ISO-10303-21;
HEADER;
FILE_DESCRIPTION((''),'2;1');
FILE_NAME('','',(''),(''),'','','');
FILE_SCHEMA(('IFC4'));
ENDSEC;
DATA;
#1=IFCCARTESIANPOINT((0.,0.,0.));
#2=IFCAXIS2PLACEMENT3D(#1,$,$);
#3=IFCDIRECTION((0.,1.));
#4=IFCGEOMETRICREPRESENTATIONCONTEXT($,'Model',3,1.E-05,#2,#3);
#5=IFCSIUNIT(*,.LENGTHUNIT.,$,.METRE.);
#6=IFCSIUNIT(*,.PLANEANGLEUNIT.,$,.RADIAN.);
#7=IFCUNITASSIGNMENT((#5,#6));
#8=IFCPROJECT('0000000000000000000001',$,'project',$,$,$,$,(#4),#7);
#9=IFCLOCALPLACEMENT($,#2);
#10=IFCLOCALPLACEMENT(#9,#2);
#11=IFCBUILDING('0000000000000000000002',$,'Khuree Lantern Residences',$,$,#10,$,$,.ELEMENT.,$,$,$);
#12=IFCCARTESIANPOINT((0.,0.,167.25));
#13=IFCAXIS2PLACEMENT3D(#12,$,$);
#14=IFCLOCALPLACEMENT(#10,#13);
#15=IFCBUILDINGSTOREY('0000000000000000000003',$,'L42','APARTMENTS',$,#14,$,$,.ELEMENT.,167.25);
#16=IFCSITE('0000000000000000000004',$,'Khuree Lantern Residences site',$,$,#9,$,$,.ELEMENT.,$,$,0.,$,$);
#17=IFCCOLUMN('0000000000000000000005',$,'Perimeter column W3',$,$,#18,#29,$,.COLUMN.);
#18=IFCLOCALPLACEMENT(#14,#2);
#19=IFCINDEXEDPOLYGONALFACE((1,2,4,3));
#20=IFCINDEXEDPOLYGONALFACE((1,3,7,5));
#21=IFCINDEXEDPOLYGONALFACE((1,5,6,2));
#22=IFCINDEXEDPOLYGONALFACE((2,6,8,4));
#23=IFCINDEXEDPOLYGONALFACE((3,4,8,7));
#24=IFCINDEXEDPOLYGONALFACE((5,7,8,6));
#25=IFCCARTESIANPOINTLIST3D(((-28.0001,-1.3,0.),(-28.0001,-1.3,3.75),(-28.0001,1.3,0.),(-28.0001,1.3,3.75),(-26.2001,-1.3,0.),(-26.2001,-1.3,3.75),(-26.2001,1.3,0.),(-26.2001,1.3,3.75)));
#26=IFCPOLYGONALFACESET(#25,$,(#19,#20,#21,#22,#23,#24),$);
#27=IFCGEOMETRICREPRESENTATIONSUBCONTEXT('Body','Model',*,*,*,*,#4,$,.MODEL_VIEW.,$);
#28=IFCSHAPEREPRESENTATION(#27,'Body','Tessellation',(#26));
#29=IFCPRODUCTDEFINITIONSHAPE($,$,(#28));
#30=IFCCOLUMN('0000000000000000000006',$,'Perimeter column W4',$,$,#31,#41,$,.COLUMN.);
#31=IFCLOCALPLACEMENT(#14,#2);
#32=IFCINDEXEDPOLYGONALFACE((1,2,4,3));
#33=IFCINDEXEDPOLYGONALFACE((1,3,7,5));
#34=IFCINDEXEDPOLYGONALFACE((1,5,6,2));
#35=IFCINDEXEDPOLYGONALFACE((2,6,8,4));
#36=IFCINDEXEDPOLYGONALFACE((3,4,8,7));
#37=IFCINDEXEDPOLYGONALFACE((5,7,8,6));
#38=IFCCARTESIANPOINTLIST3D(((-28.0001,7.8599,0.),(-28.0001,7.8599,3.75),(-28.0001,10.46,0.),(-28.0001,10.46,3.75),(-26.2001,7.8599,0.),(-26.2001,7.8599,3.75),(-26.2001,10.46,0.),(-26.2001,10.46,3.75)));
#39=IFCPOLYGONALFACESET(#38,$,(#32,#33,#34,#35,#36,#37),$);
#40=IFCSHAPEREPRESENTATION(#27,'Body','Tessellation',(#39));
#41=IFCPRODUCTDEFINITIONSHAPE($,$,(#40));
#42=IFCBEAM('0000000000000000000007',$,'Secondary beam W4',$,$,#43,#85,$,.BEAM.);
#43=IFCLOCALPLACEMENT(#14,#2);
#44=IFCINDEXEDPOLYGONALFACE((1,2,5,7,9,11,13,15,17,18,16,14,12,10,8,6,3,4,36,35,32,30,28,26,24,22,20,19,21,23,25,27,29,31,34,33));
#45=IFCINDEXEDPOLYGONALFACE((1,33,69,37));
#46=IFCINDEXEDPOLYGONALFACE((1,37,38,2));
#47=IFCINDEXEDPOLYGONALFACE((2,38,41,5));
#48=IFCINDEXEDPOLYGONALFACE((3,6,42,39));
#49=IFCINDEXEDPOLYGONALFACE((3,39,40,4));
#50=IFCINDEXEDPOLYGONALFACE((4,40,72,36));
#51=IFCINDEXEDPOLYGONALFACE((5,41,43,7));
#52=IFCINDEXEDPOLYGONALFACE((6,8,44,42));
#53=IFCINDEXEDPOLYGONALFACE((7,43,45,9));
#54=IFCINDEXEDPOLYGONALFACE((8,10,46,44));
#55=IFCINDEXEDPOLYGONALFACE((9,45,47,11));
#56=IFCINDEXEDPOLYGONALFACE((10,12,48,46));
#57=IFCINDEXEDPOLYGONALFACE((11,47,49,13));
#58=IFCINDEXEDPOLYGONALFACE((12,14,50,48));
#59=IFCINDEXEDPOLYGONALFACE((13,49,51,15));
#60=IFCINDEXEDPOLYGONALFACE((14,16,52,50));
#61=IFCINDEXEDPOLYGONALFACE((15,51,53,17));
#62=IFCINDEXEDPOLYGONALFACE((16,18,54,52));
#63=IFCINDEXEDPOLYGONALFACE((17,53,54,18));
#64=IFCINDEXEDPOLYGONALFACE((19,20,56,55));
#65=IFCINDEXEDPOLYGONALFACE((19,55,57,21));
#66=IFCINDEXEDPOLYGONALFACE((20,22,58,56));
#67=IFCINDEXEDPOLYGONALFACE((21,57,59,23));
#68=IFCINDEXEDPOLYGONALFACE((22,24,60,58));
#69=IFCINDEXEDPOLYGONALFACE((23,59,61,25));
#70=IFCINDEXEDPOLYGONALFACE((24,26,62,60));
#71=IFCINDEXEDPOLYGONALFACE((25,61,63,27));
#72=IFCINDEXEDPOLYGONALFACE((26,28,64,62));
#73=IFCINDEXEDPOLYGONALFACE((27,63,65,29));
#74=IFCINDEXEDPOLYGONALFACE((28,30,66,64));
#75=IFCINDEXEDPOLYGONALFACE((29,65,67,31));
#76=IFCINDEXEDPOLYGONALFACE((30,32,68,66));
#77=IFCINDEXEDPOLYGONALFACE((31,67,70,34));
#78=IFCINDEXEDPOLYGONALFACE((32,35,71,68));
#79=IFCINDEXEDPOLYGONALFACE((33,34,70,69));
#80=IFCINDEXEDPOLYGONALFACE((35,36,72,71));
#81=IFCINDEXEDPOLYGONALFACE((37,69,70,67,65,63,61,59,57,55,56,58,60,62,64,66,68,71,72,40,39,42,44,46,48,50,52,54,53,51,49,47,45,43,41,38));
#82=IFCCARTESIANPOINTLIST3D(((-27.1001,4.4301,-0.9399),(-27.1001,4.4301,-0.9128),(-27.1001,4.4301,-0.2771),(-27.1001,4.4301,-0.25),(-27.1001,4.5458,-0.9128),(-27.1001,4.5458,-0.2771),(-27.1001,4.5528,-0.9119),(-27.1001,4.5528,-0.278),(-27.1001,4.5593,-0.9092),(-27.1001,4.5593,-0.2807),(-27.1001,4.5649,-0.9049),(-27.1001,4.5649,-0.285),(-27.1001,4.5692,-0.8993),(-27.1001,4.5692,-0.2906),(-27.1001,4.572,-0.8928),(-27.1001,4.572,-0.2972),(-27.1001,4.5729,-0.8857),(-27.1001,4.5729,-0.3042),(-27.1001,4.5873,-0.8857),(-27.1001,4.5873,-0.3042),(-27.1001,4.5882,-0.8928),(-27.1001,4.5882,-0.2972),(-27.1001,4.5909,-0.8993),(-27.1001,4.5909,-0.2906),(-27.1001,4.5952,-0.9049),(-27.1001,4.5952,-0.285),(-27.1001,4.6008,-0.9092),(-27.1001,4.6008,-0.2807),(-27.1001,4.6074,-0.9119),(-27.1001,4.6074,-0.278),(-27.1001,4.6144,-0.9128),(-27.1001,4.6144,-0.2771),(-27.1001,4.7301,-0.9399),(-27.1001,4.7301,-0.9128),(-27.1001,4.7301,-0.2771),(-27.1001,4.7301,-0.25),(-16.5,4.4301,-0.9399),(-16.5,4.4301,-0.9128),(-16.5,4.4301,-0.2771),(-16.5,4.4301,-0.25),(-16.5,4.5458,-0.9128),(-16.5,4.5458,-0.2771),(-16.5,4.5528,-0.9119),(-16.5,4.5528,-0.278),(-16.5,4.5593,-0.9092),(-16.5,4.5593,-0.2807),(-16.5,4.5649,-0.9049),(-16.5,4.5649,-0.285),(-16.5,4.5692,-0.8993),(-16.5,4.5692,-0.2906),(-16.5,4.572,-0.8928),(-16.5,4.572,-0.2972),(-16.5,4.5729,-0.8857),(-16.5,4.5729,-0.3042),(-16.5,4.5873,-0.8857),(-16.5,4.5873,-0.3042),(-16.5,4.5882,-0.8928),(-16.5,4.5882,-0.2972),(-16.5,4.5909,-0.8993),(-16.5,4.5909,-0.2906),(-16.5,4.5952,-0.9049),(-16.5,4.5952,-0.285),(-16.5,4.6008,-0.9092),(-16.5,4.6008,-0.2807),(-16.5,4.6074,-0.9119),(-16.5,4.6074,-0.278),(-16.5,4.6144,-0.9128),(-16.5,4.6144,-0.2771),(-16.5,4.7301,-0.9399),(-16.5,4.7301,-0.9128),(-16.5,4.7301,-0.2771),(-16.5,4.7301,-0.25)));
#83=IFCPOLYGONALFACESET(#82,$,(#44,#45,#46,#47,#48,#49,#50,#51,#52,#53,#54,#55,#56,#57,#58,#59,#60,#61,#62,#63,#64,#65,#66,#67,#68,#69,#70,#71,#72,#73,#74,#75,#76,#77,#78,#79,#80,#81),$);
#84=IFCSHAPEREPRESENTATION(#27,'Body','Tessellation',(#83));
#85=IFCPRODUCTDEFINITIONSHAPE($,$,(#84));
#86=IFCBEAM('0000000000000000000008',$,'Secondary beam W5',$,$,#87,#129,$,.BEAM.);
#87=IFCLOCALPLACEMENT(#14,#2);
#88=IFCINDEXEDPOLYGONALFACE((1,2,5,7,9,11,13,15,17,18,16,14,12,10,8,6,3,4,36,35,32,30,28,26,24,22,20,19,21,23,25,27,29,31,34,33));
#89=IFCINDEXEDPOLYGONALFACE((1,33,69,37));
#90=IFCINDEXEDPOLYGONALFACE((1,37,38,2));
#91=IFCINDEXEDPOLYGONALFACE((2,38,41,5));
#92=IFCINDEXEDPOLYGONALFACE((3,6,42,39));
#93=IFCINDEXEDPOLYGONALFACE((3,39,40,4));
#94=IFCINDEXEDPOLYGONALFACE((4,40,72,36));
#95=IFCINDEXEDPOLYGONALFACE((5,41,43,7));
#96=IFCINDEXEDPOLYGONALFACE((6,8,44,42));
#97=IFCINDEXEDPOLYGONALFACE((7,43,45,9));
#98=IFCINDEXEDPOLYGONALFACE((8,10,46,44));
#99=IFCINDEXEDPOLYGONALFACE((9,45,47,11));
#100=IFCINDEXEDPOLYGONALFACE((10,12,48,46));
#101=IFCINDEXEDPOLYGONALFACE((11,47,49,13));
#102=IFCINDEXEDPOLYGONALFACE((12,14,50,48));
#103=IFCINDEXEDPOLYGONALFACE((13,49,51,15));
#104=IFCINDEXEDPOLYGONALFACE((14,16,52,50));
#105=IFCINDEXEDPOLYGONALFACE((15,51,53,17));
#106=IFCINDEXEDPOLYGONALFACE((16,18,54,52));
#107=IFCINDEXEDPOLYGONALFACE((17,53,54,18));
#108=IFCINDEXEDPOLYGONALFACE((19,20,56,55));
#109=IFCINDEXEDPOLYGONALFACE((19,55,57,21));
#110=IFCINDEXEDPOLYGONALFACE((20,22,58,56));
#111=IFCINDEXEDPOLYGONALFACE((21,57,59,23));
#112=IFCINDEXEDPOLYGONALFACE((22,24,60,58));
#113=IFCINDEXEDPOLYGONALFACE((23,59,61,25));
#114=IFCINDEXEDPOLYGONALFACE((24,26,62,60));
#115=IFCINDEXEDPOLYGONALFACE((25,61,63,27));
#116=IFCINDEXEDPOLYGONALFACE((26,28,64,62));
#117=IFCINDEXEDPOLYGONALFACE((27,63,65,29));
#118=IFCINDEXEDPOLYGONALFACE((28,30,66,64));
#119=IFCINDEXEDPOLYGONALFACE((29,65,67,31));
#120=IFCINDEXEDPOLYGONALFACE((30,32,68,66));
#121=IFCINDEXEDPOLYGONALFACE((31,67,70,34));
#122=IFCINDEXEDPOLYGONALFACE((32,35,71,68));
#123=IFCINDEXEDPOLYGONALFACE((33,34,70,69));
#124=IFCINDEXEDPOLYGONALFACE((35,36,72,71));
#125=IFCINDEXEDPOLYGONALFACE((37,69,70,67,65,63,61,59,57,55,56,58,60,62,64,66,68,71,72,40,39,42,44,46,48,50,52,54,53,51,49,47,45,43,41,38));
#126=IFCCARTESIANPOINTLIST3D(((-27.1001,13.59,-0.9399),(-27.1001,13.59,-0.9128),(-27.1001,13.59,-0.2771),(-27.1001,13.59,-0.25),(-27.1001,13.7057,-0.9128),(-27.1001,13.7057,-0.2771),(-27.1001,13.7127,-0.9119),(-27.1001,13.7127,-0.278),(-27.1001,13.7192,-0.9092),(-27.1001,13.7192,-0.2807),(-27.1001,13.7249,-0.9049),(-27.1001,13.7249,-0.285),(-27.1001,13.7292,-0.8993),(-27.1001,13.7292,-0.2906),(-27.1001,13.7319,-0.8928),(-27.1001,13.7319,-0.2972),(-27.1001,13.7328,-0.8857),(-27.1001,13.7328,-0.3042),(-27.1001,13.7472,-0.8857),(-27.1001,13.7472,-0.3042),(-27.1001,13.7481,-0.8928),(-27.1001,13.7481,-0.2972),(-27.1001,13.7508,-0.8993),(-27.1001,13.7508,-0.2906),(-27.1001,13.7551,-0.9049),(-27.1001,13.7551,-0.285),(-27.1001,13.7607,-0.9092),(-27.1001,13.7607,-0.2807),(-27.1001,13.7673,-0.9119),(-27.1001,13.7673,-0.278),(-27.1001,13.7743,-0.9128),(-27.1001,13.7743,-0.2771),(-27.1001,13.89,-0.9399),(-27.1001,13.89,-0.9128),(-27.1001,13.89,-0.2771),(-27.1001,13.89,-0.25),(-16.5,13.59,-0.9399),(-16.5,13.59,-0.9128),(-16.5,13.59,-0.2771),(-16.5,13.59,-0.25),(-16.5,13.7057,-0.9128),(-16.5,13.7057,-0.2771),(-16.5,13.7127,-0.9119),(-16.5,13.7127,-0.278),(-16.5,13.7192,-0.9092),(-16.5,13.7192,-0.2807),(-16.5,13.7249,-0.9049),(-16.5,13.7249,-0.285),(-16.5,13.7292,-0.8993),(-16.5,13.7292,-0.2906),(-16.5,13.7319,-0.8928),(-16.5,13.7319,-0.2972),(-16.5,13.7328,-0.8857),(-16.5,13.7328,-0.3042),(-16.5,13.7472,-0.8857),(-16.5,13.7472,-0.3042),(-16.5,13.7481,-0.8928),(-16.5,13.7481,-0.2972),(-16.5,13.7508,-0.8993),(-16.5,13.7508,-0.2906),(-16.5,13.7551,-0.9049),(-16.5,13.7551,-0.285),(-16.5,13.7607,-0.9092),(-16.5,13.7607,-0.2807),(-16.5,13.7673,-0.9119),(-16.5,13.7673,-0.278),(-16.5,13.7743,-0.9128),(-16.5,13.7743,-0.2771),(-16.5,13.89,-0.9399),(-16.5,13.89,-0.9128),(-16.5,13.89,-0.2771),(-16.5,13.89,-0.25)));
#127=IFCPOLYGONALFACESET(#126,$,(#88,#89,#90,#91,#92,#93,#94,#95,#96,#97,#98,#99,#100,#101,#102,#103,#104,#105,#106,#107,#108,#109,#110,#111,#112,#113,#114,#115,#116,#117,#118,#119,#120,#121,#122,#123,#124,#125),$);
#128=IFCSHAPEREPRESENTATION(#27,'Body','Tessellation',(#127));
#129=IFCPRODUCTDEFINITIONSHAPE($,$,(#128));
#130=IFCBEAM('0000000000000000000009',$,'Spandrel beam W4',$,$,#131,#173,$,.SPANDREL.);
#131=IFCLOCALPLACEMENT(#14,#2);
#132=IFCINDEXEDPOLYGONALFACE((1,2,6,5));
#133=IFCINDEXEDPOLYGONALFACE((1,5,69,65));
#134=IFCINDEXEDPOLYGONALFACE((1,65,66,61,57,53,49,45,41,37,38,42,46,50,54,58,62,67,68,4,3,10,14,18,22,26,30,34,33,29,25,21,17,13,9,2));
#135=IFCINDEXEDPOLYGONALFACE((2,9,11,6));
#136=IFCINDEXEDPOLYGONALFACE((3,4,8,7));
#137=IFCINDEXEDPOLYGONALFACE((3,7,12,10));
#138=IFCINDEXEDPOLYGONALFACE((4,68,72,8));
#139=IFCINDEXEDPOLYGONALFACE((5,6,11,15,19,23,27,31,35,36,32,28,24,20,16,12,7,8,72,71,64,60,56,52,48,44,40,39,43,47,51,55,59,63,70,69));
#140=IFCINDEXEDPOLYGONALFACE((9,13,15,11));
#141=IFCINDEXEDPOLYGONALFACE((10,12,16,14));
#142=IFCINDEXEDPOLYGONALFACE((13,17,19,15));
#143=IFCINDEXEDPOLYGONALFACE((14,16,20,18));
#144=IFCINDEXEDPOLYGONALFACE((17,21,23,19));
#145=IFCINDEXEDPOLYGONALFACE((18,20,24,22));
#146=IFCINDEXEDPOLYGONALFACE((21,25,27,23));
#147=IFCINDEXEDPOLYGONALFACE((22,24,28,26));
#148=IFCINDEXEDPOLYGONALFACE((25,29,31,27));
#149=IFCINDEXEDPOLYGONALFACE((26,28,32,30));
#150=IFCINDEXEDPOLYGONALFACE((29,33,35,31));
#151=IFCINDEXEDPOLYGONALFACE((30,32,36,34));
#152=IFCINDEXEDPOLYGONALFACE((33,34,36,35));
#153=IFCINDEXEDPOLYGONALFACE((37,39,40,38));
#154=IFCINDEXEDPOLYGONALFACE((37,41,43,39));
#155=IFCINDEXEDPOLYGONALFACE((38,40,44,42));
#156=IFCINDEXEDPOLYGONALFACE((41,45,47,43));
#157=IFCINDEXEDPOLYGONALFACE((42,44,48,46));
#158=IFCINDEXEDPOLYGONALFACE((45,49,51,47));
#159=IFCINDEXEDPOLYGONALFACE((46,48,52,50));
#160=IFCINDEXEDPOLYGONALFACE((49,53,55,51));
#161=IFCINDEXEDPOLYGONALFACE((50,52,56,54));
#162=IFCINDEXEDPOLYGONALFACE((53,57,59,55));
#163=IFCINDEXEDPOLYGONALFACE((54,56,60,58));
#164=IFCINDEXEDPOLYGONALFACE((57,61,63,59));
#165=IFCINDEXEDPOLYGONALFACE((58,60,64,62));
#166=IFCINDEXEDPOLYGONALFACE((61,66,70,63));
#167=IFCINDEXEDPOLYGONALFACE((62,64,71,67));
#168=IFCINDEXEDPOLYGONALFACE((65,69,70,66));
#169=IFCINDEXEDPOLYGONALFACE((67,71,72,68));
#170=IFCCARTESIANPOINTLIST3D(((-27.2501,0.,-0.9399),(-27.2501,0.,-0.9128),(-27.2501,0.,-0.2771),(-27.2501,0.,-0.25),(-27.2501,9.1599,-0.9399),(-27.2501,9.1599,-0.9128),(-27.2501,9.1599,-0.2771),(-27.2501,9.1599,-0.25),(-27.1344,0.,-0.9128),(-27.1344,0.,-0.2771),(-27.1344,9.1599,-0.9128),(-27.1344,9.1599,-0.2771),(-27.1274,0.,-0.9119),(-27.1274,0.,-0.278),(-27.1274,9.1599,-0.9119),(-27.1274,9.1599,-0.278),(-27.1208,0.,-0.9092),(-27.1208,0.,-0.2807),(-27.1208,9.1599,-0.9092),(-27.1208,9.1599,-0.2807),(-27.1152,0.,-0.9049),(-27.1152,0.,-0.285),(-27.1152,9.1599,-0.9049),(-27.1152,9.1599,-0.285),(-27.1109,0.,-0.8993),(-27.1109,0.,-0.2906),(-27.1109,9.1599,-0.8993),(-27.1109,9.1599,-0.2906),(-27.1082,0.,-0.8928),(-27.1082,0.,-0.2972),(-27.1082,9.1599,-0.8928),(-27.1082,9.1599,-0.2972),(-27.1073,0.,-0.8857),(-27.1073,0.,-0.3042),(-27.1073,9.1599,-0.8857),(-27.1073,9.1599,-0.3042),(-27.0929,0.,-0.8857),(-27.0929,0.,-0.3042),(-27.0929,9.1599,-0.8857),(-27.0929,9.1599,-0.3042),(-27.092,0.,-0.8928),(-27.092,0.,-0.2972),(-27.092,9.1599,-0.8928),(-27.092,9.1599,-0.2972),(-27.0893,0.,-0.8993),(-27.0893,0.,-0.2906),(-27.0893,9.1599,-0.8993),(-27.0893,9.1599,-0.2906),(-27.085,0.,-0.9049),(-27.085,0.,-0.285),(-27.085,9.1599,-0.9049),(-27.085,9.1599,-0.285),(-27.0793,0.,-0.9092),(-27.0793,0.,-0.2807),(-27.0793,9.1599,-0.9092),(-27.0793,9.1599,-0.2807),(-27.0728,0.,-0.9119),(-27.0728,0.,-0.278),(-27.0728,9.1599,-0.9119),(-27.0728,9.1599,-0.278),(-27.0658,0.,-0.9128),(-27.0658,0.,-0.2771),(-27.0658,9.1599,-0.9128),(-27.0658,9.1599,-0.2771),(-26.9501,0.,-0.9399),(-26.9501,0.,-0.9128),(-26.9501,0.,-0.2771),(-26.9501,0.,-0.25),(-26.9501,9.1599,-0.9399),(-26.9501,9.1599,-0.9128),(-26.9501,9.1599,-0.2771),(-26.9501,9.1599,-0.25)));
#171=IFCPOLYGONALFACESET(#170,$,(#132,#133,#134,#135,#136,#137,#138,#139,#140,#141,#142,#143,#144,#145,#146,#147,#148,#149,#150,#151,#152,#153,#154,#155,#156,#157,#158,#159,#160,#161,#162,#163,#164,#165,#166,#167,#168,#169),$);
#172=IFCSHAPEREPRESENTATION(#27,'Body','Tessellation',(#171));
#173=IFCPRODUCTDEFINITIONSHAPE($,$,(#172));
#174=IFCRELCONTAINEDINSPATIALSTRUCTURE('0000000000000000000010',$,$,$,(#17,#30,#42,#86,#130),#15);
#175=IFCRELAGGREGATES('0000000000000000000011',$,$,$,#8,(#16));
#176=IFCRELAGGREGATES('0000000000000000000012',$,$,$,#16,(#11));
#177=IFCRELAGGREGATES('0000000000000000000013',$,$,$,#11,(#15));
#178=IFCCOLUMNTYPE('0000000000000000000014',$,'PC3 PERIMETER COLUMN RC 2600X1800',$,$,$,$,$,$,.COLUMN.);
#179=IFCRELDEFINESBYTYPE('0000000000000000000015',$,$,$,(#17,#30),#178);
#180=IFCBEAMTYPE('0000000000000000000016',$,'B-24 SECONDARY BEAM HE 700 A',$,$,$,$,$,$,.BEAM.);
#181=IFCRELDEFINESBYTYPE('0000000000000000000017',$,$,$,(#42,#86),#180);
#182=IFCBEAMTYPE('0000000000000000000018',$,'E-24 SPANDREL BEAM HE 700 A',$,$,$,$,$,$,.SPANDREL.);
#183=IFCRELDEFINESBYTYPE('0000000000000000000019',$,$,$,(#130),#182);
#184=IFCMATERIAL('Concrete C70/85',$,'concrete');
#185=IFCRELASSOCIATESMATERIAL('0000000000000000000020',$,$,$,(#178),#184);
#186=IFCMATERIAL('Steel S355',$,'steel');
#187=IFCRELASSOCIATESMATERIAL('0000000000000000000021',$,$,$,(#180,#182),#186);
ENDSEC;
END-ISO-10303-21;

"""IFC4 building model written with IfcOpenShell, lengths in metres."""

from ifc_helpers import new_model, si_unit, direction, frame, origin, origin_2d, place, context, subcontext, project, spatial, rectangle, i_section, extrude, material, material_profile, profile_set, type_object, element, save


model = new_model("IFC4")

# Units and contexts
model_context = context("Model", 3, precision=1e-05, world=origin(), true_north=direction((0.0, 1.0)))
body_context = subcontext(model_context, "Body", "Model", "MODEL_VIEW")
ifc_project = project(units=[si_unit("LENGTHUNIT", "METRE"), si_unit("PLANEANGLEUNIT", "RADIAN")], contexts=[model_context])

# Site, building, storey
site_placement = place(None, origin())
site = spatial("IfcSite", under=ifc_project, at=site_placement, Name="Khuree Lantern Residences site", CompositionType="ELEMENT", RefElevation=0.0)
building_placement = place(site_placement, origin())
building = spatial("IfcBuilding", under=site, at=building_placement, Name="Khuree Lantern Residences", CompositionType="ELEMENT")
storey_placement = place(building_placement, frame((0.0, 0.0, 167.25)))
storey = spatial("IfcBuildingStorey", under=building, at=storey_placement, Name="L42", Description="APARTMENTS", CompositionType="ELEMENT", Elevation=167.25)

# Columns
ifc_material_1 = material(Name="Concrete C70/85", Category="concrete")
ifc_material_profile_1 = material_profile(ifc_material_1, rectangle(XDim=2.6001, YDim=1.8, at=origin_2d()), Name="RC 2600X1800")
ifc_profile_set_1 = profile_set([ifc_material_profile_1], Name="Concrete C70/85")
column_type = type_object("IfcColumnType", Name="PC3 PERIMETER COLUMN RC 2600X1800", PredefinedType="COLUMN", material=ifc_profile_set_1)
for number, where, z_axis, x_axis, name in (
    (1, (-27.1001, 0.0, 0.0), (0.0, 0.0, 1.0), (0.0, 1.0, 0.0), "Perimeter column W3"),
    (2, (-27.1001, 9.1599, 0.0), (0.0, 0.0, 1.0), (0.0, 1.0, 0.0), "Perimeter column W4"),
):
    element("IfcColumn", number, at=place(storey_placement, frame(where, z_axis=z_axis, x_axis=x_axis)), inside=storey, type_object=column_type, Name=name, PredefinedType="COLUMN", context=body_context, shape_type="SweptSolid", body=[
        extrude(rectangle(XDim=2.6001, YDim=1.8, at=origin_2d()), origin(), (0.0, 0.0, 1.0), 3.75),
    ])

# Beams
ifc_material_2 = material(Name="Steel S355", Category="steel")
ifc_material_profile_2 = material_profile(ifc_material_2, i_section(OverallWidth=0.3, OverallDepth=0.6899, WebThickness=0.0144, FlangeThickness=0.0271, FilletRadius=0.0271, at=origin_2d()), Name="HE 700 A")
ifc_profile_set_2 = profile_set([ifc_material_profile_2], Name="Steel S355")
beam_type_1 = type_object("IfcBeamType", Name="B-24 SECONDARY BEAM HE 700 A", PredefinedType="BEAM", material=ifc_profile_set_2)
for number, where, z_axis, x_axis, name in (
    (3, (-27.1001, 4.5801, -0.595), (1.0, 0.0, 0.0), (0.0, 1.0, 0.0), "Secondary beam W4"),
    (4, (-27.1001, 13.74, -0.595), (1.0, 0.0, 0.0), (0.0, 1.0, 0.0), "Secondary beam W5"),
):
    element("IfcBeam", number, at=place(storey_placement, frame(where, z_axis=z_axis, x_axis=x_axis)), inside=storey, type_object=beam_type_1, Name=name, PredefinedType="BEAM", context=body_context, shape_type="SweptSolid", body=[
        extrude(i_section(OverallWidth=0.3, OverallDepth=0.6899, WebThickness=0.0144, FlangeThickness=0.0271, FilletRadius=0.0271, at=origin_2d()), origin(), (0.0, 0.0, 1.0), 10.6001),
    ])
ifc_material_profile_3 = material_profile(ifc_material_2, i_section(OverallWidth=0.3, OverallDepth=0.6899, WebThickness=0.0144, FlangeThickness=0.0271, FilletRadius=0.0271, at=origin_2d()), Name="HE 700 A")
ifc_profile_set_3 = profile_set([ifc_material_profile_3], Name="Steel S355")
beam_type_2 = type_object("IfcBeamType", Name="E-24 SPANDREL BEAM HE 700 A", PredefinedType="SPANDREL", material=ifc_profile_set_3)
beam_1_placement = place(storey_placement, frame((-27.1001, 0.0, -0.595), z_axis=(0.0, 1.0, 0.0), x_axis=(-1.0, 0.0, 0.0)))
element("IfcBeam", 5, at=beam_1_placement, inside=storey, type_object=beam_type_2, Name="Spandrel beam W4", PredefinedType="SPANDREL", context=body_context, shape_type="SweptSolid", body=[
    extrude(i_section(OverallWidth=0.3, OverallDepth=0.6899, WebThickness=0.0144, FlangeThickness=0.0271, FilletRadius=0.0271, at=origin_2d()), origin(), (0.0, 0.0, 1.0), 9.1599),
])

save(model, "model.ifc")
